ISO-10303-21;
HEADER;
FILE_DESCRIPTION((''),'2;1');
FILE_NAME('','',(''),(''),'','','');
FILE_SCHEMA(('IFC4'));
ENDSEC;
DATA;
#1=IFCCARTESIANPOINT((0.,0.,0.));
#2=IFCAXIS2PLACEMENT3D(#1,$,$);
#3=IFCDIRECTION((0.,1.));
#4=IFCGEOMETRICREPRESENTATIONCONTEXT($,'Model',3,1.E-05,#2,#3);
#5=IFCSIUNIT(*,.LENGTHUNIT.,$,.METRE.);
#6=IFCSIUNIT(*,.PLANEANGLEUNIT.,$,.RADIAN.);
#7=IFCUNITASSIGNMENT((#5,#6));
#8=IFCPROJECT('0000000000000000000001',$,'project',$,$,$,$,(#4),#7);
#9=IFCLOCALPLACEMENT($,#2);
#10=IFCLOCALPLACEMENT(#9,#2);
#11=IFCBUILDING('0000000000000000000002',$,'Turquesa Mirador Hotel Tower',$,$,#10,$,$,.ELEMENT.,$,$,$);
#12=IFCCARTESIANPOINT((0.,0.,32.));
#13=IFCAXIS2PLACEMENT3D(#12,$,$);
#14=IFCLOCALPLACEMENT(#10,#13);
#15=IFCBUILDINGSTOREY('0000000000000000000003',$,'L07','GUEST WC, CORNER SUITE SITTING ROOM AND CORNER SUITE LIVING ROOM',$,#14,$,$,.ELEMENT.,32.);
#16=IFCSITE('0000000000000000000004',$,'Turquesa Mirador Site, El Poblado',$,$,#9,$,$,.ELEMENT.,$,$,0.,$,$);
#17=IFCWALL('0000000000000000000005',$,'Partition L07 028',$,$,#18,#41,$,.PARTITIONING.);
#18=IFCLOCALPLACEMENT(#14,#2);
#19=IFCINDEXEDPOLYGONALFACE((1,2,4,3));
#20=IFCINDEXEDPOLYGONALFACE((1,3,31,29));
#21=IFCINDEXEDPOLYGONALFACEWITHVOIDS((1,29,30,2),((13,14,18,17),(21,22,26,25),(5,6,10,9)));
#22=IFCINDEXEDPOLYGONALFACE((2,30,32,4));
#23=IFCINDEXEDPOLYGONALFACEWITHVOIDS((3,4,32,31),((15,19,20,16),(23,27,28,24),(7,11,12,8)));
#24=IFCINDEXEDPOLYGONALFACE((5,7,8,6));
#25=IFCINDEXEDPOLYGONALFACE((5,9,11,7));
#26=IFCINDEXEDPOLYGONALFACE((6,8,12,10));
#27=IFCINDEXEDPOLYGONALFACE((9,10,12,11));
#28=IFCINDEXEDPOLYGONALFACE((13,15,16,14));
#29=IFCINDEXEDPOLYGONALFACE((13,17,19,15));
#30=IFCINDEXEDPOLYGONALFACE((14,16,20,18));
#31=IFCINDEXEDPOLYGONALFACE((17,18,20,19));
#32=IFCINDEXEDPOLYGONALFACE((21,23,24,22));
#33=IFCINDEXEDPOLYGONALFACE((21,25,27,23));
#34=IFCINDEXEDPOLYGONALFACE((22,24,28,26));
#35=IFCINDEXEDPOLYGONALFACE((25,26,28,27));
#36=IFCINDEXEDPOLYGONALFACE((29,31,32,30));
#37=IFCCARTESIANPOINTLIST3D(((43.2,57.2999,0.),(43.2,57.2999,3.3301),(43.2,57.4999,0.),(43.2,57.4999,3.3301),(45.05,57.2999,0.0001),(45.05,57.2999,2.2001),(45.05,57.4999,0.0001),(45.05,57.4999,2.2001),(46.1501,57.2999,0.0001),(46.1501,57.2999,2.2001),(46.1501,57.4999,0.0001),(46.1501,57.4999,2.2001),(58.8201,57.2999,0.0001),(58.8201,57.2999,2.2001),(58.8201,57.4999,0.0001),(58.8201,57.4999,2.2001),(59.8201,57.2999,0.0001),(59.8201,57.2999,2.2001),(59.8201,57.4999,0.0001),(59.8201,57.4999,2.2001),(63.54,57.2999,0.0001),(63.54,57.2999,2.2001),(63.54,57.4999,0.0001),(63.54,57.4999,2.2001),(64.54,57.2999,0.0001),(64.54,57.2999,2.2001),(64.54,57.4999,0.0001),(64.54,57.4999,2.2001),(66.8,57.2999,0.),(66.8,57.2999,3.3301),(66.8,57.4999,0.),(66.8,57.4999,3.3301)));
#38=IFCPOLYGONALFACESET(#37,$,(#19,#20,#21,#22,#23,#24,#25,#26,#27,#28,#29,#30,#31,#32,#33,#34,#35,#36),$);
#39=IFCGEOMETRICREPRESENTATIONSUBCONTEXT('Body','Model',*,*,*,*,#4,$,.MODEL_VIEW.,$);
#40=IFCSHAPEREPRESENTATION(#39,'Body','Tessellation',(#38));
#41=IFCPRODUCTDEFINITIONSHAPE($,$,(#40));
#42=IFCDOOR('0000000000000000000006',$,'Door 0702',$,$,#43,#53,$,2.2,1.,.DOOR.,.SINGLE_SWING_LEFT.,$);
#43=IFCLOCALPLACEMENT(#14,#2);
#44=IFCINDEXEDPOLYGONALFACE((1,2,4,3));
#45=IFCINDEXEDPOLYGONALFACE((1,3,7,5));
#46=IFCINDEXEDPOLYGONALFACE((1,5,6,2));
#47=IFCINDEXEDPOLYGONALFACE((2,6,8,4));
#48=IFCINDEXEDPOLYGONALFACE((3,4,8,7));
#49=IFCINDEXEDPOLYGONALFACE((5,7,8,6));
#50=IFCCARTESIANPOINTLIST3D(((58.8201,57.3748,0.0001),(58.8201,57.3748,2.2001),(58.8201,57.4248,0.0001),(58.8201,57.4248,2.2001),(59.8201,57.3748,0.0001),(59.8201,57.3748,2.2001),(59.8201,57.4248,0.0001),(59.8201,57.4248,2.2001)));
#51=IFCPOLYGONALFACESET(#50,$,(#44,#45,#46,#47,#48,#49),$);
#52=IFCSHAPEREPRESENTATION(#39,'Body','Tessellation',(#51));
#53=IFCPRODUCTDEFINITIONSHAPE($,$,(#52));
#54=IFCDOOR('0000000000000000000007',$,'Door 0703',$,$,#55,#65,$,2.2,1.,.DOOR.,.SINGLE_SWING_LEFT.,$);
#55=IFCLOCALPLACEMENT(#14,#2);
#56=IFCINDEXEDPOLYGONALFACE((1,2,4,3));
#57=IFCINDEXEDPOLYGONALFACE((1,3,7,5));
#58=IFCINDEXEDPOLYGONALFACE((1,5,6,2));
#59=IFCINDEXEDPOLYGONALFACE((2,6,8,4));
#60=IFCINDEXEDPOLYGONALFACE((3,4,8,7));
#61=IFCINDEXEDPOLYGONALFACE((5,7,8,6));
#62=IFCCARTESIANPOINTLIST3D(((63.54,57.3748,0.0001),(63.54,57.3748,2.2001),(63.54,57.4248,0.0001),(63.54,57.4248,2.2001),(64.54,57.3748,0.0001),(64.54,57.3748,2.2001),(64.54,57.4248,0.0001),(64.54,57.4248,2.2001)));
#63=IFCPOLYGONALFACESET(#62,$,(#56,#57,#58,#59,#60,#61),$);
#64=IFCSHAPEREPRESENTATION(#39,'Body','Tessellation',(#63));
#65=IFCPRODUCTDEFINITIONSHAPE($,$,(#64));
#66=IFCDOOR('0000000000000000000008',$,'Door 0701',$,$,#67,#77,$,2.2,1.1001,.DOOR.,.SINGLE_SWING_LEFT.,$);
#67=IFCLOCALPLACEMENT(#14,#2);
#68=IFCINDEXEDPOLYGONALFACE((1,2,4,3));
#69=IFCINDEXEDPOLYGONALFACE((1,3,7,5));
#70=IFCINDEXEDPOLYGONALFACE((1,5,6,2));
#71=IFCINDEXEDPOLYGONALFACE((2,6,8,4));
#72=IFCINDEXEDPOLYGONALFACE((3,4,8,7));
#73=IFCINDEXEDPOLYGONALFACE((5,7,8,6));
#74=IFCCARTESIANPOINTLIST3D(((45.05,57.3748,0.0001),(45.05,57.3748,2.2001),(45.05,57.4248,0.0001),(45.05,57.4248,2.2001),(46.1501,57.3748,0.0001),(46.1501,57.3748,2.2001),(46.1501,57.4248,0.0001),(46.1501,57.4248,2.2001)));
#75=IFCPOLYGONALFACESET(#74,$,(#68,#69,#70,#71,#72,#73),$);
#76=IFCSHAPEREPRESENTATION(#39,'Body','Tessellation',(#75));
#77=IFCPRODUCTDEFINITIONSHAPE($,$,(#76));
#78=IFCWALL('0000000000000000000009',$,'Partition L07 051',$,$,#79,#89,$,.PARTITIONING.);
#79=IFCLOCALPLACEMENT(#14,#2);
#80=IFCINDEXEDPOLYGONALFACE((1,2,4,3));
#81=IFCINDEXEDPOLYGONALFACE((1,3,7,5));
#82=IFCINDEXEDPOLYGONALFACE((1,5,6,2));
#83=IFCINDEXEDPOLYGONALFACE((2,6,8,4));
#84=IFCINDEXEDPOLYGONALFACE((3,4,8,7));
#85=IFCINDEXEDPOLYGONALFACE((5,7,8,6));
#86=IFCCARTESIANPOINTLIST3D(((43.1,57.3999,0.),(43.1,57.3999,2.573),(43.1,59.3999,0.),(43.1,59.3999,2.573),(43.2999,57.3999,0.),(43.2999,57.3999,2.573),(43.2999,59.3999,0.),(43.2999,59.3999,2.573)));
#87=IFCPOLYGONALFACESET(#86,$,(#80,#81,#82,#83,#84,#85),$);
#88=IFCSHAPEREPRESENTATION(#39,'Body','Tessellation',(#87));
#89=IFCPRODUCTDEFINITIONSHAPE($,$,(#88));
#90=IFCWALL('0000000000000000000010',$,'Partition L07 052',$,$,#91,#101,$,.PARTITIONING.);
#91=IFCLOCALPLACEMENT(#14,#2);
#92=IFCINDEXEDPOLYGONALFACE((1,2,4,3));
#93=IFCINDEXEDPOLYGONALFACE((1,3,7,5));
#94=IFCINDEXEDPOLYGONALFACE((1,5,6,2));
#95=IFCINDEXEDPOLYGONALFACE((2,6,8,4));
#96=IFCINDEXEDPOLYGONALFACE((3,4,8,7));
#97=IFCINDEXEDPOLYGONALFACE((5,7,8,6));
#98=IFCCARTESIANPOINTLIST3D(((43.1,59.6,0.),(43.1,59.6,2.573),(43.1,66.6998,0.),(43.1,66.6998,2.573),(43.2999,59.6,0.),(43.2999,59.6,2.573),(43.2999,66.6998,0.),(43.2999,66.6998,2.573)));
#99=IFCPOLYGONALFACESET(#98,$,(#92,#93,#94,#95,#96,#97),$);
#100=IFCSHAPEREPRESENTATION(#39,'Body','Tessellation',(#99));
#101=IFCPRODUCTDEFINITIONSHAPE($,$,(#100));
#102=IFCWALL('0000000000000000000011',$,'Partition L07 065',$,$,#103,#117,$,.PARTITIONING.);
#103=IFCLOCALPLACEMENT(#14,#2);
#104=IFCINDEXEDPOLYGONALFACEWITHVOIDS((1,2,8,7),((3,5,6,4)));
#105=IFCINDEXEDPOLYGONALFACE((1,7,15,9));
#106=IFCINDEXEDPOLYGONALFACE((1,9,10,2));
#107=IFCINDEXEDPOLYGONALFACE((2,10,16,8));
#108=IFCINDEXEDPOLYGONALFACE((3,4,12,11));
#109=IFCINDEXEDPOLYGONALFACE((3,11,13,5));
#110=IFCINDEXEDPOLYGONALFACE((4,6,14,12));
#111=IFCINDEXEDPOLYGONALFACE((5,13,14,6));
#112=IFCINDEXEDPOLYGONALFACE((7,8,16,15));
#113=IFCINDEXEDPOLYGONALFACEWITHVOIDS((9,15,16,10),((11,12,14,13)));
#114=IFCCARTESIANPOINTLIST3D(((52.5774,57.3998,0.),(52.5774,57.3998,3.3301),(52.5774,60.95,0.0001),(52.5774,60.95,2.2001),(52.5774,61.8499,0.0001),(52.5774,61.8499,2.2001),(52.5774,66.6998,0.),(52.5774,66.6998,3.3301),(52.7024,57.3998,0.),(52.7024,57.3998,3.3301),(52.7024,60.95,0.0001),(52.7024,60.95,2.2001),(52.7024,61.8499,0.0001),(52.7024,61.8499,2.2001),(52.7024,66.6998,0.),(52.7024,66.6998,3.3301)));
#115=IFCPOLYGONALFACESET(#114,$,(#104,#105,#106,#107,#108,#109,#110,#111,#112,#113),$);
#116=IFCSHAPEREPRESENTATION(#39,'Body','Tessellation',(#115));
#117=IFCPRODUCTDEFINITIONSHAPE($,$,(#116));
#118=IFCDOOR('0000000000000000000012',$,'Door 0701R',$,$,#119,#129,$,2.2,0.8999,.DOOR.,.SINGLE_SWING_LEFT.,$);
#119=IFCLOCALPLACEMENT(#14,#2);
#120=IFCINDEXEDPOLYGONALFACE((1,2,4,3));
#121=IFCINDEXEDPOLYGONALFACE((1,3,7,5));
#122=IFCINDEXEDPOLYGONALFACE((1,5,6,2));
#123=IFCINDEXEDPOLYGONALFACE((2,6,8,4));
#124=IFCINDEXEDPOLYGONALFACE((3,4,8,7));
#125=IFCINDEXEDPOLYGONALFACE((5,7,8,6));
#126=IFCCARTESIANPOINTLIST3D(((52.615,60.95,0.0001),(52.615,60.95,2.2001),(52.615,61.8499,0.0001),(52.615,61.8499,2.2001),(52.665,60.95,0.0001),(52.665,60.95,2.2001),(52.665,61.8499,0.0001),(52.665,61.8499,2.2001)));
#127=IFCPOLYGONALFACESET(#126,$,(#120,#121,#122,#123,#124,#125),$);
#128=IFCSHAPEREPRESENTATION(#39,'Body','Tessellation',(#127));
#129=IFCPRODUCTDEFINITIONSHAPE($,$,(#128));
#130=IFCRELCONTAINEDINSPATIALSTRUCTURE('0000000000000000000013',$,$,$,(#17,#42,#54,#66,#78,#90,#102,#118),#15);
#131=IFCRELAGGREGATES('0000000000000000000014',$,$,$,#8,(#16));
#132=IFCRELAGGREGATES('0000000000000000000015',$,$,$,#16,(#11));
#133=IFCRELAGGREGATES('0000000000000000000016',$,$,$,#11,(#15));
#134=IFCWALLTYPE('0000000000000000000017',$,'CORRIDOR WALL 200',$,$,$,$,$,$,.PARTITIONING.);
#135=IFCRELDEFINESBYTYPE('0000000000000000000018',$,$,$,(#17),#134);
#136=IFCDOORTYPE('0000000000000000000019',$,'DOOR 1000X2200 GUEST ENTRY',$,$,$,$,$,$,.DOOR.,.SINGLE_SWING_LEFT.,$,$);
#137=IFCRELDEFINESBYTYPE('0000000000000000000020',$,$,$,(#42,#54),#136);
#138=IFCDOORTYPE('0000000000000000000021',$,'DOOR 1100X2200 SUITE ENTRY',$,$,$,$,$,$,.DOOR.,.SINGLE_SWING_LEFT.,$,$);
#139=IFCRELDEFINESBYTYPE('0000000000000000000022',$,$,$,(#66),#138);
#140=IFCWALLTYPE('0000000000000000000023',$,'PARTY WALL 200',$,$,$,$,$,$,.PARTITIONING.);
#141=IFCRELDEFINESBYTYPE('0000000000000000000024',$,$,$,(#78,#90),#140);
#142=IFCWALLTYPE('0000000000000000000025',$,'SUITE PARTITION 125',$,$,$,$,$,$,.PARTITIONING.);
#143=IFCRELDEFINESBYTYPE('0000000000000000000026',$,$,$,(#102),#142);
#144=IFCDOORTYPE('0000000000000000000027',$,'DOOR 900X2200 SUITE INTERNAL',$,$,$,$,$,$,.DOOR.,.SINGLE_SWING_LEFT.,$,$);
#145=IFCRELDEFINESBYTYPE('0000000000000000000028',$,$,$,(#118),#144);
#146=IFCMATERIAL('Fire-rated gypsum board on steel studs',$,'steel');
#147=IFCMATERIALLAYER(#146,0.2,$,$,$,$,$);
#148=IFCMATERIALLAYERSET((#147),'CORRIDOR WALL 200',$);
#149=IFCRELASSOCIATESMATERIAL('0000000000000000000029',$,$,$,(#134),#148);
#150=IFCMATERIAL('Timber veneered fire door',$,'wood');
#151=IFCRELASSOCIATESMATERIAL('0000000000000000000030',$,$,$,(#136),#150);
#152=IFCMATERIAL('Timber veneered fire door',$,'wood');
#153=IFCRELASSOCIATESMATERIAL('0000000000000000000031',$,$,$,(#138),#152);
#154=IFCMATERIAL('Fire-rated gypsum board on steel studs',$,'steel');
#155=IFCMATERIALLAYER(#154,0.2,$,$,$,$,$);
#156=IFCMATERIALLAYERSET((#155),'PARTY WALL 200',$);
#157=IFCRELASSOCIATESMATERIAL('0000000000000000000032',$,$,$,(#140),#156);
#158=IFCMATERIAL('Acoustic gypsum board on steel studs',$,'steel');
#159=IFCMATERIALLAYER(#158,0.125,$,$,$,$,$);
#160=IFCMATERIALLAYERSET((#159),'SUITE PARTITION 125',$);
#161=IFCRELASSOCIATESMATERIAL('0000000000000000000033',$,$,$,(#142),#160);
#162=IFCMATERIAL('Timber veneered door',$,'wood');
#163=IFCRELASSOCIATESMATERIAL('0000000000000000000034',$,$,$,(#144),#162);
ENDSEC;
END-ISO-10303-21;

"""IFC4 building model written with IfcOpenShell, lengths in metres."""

from ifc_helpers import new_model, si_unit, direction, frame, frame_2d, origin, place, context, subcontext, project, spatial, rectangle, extrude, material, layer, layer_set, type_object, element, fill, save


model = new_model("IFC4")

# Units and contexts
model_context = context("Model", 3, precision=1e-05, world=origin(), true_north=direction((0.0, 1.0)))
body_context = subcontext(model_context, "Body", "Model", "MODEL_VIEW")
ifc_project = project(units=[si_unit("LENGTHUNIT", "METRE"), si_unit("PLANEANGLEUNIT", "RADIAN")], contexts=[model_context])

# Site, building, storey
site_placement = place(None, origin())
site = spatial("IfcSite", under=ifc_project, at=site_placement, Name="Turquesa Mirador Site, El Poblado", CompositionType="ELEMENT", RefElevation=0.0)
building_placement = place(site_placement, origin())
building = spatial("IfcBuilding", under=site, at=building_placement, Name="Turquesa Mirador Hotel Tower", CompositionType="ELEMENT")
storey_placement = place(building_placement, frame((0.0, 0.0, 32.0)))
storey = spatial("IfcBuildingStorey", under=building, at=storey_placement, Name="L07", Description="GUEST WC, CORNER SUITE SITTING ROOM AND CORNER SUITE LIVING ROOM", CompositionType="ELEMENT", Elevation=32.0)

# Wall, openings, doors
ifc_material_1 = material(Name="Fire-rated gypsum board on steel studs", Category="steel")
ifc_layer_1 = layer(ifc_material_1, 0.2)
ifc_layer_set_1 = layer_set([ifc_layer_1], Name="CORRIDOR WALL 200")
wall_type_1 = type_object("IfcWallType", Name="CORRIDOR WALL 200", PredefinedType="PARTITIONING", material=ifc_layer_set_1)
wall_1_placement = place(storey_placement, frame((43.2, 57.3999, 0.0), z_axis=(0.0, 0.0, 1.0), x_axis=(1.0, 0.0, 0.0)))
wall_1 = element("IfcWall", 1, at=wall_1_placement, inside=storey, type_object=wall_type_1, Name="Partition L07 028", PredefinedType="PARTITIONING", context=body_context, shape_type="SweptSolid", body=[
    extrude(rectangle(XDim=23.6001, YDim=0.2, at=frame_2d((11.8, 0.0))), origin(), (0.0, 0.0, 1.0), 3.3301),
])
opening_1_placement = place(wall_1_placement, frame((1.8501, 0.0, 0.0)))
opening_1 = element("IfcOpeningElement", 2, at=opening_1_placement, cuts=wall_1, PredefinedType="OPENING", context=body_context, shape_type="SweptSolid", body=[
    extrude(rectangle(XDim=1.1001, YDim=2.2, at=frame_2d((0.55, 1.1001))), frame((0.0, 0.1099, 0.0), z_axis=(0.0, -1.0, 0.0), x_axis=(1.0, 0.0, 0.0)), (0.0, 0.0, 1.0), 0.22),
])
opening_2_placement = place(wall_1_placement, frame((15.6201, 0.0, 0.0)))
opening_2 = element("IfcOpeningElement", 3, at=opening_2_placement, cuts=wall_1, PredefinedType="OPENING", context=body_context, shape_type="SweptSolid", body=[
    extrude(rectangle(XDim=1.0, YDim=2.2, at=frame_2d((0.5, 1.1001))), frame((0.0, 0.1099, 0.0), z_axis=(0.0, -1.0, 0.0), x_axis=(1.0, 0.0, 0.0)), (0.0, 0.0, 1.0), 0.22),
])
opening_3_placement = place(wall_1_placement, frame((20.3401, 0.0, 0.0)))
opening_3 = element("IfcOpeningElement", 4, at=opening_3_placement, cuts=wall_1, PredefinedType="OPENING", context=body_context, shape_type="SweptSolid", body=[
    extrude(rectangle(XDim=1.0, YDim=2.2, at=frame_2d((0.5, 1.1001))), frame((0.0, 0.1099, 0.0), z_axis=(0.0, -1.0, 0.0), x_axis=(1.0, 0.0, 0.0)), (0.0, 0.0, 1.0), 0.22),
])
ifc_material_2 = material(Name="Timber veneered fire door", Category="wood")
door_type_1 = type_object("IfcDoorType", Name="DOOR 1000X2200 GUEST ENTRY", OperationType="SINGLE_SWING_LEFT", PredefinedType="DOOR", material=ifc_material_2)
door_1_placement = place(opening_2_placement, origin())
door_1 = element("IfcDoor", 5, at=door_1_placement, inside=storey, type_object=door_type_1, Name="Door 0702", OperationType="SINGLE_SWING_LEFT", OverallHeight=2.2, OverallWidth=1.0, PredefinedType="DOOR", context=body_context, shape_type="SweptSolid", body=[
    extrude(rectangle(XDim=1.0, YDim=2.2, at=frame_2d((0.5, 1.1001))), frame((0.0, 0.0249, 0.0), z_axis=(0.0, -1.0, 0.0), x_axis=(1.0, 0.0, 0.0)), (0.0, 0.0, 1.0), 0.05),
])
fill(opening_2, door_1)
door_2_placement = place(opening_3_placement, origin())
door_2 = element("IfcDoor", 6, at=door_2_placement, inside=storey, type_object=door_type_1, Name="Door 0703", OperationType="SINGLE_SWING_LEFT", OverallHeight=2.2, OverallWidth=1.0, PredefinedType="DOOR", context=body_context, shape_type="SweptSolid", body=[
    extrude(rectangle(XDim=1.0, YDim=2.2, at=frame_2d((0.5, 1.1001))), frame((0.0, 0.0249, 0.0), z_axis=(0.0, -1.0, 0.0), x_axis=(1.0, 0.0, 0.0)), (0.0, 0.0, 1.0), 0.05),
])
fill(opening_3, door_2)
ifc_material_3 = material(Name="Timber veneered fire door", Category="wood")
door_type_2 = type_object("IfcDoorType", Name="DOOR 1100X2200 SUITE ENTRY", OperationType="SINGLE_SWING_LEFT", PredefinedType="DOOR", material=ifc_material_3)
door_3_placement = place(opening_1_placement, origin())
door_3 = element("IfcDoor", 7, at=door_3_placement, inside=storey, type_object=door_type_2, Name="Door 0701", OperationType="SINGLE_SWING_LEFT", OverallHeight=2.2, OverallWidth=1.1001, PredefinedType="DOOR", context=body_context, shape_type="SweptSolid", body=[
    extrude(rectangle(XDim=1.1001, YDim=2.2, at=frame_2d((0.55, 1.1001))), frame((0.0, 0.0249, 0.0), z_axis=(0.0, -1.0, 0.0), x_axis=(1.0, 0.0, 0.0)), (0.0, 0.0, 1.0), 0.05),
])
fill(opening_1, door_3)

# Walls
ifc_material_4 = material(Name="Fire-rated gypsum board on steel studs", Category="steel")
ifc_layer_2 = layer(ifc_material_4, 0.2)
ifc_layer_set_2 = layer_set([ifc_layer_2], Name="PARTY WALL 200")
wall_type_2 = type_object("IfcWallType", Name="PARTY WALL 200", PredefinedType="PARTITIONING", material=ifc_layer_set_2)
wall_2_placement = place(storey_placement, frame((43.2, 57.3999, 0.0), z_axis=(0.0, 0.0, 1.0), x_axis=(0.0, 1.0, 0.0)))
element("IfcWall", 8, at=wall_2_placement, inside=storey, type_object=wall_type_2, Name="Partition L07 051", PredefinedType="PARTITIONING", context=body_context, shape_type="SweptSolid", body=[
    extrude(rectangle(XDim=2.0, YDim=0.2, at=frame_2d((1.0, 0.0))), origin(), (0.0, 0.0, 1.0), 2.573),
])
wall_3_placement = place(storey_placement, frame((43.2, 59.6001, 0.0), z_axis=(0.0, 0.0, 1.0), x_axis=(0.0, 1.0, 0.0)))
element("IfcWall", 9, at=wall_3_placement, inside=storey, type_object=wall_type_2, Name="Partition L07 052", PredefinedType="PARTITIONING", context=body_context, shape_type="SweptSolid", body=[
    extrude(rectangle(XDim=7.0999, YDim=0.2, at=frame_2d((3.5498, 0.0))), origin(), (0.0, 0.0, 1.0), 2.573),
])

# Wall, opening, door
ifc_material_5 = material(Name="Acoustic gypsum board on steel studs", Category="steel")
ifc_layer_3 = layer(ifc_material_5, 0.125)
ifc_layer_set_3 = layer_set([ifc_layer_3], Name="SUITE PARTITION 125")
wall_type_3 = type_object("IfcWallType", Name="SUITE PARTITION 125", PredefinedType="PARTITIONING", material=ifc_layer_set_3)
wall_4_placement = place(storey_placement, frame((52.6399, 57.3999, 0.0), z_axis=(0.0, 0.0, 1.0), x_axis=(0.0, 1.0, 0.0)))
wall_4 = element("IfcWall", 10, at=wall_4_placement, inside=storey, type_object=wall_type_3, Name="Partition L07 065", PredefinedType="PARTITIONING", context=body_context, shape_type="SweptSolid", body=[
    extrude(rectangle(XDim=9.3, YDim=0.125, at=frame_2d((4.6499, 0.0))), origin(), (0.0, 0.0, 1.0), 3.3301),
])
opening_4_placement = place(wall_4_placement, frame((3.55, 0.0, 0.0)))
opening_4 = element("IfcOpeningElement", 11, at=opening_4_placement, cuts=wall_4, PredefinedType="OPENING", context=body_context, shape_type="SweptSolid", body=[
    extrude(rectangle(XDim=0.8999, YDim=2.2, at=frame_2d((0.45, 1.1001))), frame((0.0, 0.0725, 0.0), z_axis=(0.0, -1.0, 0.0), x_axis=(1.0, 0.0, 0.0)), (0.0, 0.0, 1.0), 0.145),
])
ifc_material_6 = material(Name="Timber veneered door", Category="wood")
door_type_3 = type_object("IfcDoorType", Name="DOOR 900X2200 SUITE INTERNAL", OperationType="SINGLE_SWING_LEFT", PredefinedType="DOOR", material=ifc_material_6)
door_4_placement = place(opening_4_placement, origin())
door_4 = element("IfcDoor", 12, at=door_4_placement, inside=storey, type_object=door_type_3, Name="Door 0701R", OperationType="SINGLE_SWING_LEFT", OverallHeight=2.2, OverallWidth=0.8999, PredefinedType="DOOR", context=body_context, shape_type="SweptSolid", body=[
    extrude(rectangle(XDim=0.8999, YDim=2.2, at=frame_2d((0.45, 1.1001))), frame((0.0, 0.0249, 0.0), z_axis=(0.0, -1.0, 0.0), x_axis=(1.0, 0.0, 0.0)), (0.0, 0.0, 1.0), 0.05),
])
fill(opening_4, door_4)

save(model, "model.ifc")
